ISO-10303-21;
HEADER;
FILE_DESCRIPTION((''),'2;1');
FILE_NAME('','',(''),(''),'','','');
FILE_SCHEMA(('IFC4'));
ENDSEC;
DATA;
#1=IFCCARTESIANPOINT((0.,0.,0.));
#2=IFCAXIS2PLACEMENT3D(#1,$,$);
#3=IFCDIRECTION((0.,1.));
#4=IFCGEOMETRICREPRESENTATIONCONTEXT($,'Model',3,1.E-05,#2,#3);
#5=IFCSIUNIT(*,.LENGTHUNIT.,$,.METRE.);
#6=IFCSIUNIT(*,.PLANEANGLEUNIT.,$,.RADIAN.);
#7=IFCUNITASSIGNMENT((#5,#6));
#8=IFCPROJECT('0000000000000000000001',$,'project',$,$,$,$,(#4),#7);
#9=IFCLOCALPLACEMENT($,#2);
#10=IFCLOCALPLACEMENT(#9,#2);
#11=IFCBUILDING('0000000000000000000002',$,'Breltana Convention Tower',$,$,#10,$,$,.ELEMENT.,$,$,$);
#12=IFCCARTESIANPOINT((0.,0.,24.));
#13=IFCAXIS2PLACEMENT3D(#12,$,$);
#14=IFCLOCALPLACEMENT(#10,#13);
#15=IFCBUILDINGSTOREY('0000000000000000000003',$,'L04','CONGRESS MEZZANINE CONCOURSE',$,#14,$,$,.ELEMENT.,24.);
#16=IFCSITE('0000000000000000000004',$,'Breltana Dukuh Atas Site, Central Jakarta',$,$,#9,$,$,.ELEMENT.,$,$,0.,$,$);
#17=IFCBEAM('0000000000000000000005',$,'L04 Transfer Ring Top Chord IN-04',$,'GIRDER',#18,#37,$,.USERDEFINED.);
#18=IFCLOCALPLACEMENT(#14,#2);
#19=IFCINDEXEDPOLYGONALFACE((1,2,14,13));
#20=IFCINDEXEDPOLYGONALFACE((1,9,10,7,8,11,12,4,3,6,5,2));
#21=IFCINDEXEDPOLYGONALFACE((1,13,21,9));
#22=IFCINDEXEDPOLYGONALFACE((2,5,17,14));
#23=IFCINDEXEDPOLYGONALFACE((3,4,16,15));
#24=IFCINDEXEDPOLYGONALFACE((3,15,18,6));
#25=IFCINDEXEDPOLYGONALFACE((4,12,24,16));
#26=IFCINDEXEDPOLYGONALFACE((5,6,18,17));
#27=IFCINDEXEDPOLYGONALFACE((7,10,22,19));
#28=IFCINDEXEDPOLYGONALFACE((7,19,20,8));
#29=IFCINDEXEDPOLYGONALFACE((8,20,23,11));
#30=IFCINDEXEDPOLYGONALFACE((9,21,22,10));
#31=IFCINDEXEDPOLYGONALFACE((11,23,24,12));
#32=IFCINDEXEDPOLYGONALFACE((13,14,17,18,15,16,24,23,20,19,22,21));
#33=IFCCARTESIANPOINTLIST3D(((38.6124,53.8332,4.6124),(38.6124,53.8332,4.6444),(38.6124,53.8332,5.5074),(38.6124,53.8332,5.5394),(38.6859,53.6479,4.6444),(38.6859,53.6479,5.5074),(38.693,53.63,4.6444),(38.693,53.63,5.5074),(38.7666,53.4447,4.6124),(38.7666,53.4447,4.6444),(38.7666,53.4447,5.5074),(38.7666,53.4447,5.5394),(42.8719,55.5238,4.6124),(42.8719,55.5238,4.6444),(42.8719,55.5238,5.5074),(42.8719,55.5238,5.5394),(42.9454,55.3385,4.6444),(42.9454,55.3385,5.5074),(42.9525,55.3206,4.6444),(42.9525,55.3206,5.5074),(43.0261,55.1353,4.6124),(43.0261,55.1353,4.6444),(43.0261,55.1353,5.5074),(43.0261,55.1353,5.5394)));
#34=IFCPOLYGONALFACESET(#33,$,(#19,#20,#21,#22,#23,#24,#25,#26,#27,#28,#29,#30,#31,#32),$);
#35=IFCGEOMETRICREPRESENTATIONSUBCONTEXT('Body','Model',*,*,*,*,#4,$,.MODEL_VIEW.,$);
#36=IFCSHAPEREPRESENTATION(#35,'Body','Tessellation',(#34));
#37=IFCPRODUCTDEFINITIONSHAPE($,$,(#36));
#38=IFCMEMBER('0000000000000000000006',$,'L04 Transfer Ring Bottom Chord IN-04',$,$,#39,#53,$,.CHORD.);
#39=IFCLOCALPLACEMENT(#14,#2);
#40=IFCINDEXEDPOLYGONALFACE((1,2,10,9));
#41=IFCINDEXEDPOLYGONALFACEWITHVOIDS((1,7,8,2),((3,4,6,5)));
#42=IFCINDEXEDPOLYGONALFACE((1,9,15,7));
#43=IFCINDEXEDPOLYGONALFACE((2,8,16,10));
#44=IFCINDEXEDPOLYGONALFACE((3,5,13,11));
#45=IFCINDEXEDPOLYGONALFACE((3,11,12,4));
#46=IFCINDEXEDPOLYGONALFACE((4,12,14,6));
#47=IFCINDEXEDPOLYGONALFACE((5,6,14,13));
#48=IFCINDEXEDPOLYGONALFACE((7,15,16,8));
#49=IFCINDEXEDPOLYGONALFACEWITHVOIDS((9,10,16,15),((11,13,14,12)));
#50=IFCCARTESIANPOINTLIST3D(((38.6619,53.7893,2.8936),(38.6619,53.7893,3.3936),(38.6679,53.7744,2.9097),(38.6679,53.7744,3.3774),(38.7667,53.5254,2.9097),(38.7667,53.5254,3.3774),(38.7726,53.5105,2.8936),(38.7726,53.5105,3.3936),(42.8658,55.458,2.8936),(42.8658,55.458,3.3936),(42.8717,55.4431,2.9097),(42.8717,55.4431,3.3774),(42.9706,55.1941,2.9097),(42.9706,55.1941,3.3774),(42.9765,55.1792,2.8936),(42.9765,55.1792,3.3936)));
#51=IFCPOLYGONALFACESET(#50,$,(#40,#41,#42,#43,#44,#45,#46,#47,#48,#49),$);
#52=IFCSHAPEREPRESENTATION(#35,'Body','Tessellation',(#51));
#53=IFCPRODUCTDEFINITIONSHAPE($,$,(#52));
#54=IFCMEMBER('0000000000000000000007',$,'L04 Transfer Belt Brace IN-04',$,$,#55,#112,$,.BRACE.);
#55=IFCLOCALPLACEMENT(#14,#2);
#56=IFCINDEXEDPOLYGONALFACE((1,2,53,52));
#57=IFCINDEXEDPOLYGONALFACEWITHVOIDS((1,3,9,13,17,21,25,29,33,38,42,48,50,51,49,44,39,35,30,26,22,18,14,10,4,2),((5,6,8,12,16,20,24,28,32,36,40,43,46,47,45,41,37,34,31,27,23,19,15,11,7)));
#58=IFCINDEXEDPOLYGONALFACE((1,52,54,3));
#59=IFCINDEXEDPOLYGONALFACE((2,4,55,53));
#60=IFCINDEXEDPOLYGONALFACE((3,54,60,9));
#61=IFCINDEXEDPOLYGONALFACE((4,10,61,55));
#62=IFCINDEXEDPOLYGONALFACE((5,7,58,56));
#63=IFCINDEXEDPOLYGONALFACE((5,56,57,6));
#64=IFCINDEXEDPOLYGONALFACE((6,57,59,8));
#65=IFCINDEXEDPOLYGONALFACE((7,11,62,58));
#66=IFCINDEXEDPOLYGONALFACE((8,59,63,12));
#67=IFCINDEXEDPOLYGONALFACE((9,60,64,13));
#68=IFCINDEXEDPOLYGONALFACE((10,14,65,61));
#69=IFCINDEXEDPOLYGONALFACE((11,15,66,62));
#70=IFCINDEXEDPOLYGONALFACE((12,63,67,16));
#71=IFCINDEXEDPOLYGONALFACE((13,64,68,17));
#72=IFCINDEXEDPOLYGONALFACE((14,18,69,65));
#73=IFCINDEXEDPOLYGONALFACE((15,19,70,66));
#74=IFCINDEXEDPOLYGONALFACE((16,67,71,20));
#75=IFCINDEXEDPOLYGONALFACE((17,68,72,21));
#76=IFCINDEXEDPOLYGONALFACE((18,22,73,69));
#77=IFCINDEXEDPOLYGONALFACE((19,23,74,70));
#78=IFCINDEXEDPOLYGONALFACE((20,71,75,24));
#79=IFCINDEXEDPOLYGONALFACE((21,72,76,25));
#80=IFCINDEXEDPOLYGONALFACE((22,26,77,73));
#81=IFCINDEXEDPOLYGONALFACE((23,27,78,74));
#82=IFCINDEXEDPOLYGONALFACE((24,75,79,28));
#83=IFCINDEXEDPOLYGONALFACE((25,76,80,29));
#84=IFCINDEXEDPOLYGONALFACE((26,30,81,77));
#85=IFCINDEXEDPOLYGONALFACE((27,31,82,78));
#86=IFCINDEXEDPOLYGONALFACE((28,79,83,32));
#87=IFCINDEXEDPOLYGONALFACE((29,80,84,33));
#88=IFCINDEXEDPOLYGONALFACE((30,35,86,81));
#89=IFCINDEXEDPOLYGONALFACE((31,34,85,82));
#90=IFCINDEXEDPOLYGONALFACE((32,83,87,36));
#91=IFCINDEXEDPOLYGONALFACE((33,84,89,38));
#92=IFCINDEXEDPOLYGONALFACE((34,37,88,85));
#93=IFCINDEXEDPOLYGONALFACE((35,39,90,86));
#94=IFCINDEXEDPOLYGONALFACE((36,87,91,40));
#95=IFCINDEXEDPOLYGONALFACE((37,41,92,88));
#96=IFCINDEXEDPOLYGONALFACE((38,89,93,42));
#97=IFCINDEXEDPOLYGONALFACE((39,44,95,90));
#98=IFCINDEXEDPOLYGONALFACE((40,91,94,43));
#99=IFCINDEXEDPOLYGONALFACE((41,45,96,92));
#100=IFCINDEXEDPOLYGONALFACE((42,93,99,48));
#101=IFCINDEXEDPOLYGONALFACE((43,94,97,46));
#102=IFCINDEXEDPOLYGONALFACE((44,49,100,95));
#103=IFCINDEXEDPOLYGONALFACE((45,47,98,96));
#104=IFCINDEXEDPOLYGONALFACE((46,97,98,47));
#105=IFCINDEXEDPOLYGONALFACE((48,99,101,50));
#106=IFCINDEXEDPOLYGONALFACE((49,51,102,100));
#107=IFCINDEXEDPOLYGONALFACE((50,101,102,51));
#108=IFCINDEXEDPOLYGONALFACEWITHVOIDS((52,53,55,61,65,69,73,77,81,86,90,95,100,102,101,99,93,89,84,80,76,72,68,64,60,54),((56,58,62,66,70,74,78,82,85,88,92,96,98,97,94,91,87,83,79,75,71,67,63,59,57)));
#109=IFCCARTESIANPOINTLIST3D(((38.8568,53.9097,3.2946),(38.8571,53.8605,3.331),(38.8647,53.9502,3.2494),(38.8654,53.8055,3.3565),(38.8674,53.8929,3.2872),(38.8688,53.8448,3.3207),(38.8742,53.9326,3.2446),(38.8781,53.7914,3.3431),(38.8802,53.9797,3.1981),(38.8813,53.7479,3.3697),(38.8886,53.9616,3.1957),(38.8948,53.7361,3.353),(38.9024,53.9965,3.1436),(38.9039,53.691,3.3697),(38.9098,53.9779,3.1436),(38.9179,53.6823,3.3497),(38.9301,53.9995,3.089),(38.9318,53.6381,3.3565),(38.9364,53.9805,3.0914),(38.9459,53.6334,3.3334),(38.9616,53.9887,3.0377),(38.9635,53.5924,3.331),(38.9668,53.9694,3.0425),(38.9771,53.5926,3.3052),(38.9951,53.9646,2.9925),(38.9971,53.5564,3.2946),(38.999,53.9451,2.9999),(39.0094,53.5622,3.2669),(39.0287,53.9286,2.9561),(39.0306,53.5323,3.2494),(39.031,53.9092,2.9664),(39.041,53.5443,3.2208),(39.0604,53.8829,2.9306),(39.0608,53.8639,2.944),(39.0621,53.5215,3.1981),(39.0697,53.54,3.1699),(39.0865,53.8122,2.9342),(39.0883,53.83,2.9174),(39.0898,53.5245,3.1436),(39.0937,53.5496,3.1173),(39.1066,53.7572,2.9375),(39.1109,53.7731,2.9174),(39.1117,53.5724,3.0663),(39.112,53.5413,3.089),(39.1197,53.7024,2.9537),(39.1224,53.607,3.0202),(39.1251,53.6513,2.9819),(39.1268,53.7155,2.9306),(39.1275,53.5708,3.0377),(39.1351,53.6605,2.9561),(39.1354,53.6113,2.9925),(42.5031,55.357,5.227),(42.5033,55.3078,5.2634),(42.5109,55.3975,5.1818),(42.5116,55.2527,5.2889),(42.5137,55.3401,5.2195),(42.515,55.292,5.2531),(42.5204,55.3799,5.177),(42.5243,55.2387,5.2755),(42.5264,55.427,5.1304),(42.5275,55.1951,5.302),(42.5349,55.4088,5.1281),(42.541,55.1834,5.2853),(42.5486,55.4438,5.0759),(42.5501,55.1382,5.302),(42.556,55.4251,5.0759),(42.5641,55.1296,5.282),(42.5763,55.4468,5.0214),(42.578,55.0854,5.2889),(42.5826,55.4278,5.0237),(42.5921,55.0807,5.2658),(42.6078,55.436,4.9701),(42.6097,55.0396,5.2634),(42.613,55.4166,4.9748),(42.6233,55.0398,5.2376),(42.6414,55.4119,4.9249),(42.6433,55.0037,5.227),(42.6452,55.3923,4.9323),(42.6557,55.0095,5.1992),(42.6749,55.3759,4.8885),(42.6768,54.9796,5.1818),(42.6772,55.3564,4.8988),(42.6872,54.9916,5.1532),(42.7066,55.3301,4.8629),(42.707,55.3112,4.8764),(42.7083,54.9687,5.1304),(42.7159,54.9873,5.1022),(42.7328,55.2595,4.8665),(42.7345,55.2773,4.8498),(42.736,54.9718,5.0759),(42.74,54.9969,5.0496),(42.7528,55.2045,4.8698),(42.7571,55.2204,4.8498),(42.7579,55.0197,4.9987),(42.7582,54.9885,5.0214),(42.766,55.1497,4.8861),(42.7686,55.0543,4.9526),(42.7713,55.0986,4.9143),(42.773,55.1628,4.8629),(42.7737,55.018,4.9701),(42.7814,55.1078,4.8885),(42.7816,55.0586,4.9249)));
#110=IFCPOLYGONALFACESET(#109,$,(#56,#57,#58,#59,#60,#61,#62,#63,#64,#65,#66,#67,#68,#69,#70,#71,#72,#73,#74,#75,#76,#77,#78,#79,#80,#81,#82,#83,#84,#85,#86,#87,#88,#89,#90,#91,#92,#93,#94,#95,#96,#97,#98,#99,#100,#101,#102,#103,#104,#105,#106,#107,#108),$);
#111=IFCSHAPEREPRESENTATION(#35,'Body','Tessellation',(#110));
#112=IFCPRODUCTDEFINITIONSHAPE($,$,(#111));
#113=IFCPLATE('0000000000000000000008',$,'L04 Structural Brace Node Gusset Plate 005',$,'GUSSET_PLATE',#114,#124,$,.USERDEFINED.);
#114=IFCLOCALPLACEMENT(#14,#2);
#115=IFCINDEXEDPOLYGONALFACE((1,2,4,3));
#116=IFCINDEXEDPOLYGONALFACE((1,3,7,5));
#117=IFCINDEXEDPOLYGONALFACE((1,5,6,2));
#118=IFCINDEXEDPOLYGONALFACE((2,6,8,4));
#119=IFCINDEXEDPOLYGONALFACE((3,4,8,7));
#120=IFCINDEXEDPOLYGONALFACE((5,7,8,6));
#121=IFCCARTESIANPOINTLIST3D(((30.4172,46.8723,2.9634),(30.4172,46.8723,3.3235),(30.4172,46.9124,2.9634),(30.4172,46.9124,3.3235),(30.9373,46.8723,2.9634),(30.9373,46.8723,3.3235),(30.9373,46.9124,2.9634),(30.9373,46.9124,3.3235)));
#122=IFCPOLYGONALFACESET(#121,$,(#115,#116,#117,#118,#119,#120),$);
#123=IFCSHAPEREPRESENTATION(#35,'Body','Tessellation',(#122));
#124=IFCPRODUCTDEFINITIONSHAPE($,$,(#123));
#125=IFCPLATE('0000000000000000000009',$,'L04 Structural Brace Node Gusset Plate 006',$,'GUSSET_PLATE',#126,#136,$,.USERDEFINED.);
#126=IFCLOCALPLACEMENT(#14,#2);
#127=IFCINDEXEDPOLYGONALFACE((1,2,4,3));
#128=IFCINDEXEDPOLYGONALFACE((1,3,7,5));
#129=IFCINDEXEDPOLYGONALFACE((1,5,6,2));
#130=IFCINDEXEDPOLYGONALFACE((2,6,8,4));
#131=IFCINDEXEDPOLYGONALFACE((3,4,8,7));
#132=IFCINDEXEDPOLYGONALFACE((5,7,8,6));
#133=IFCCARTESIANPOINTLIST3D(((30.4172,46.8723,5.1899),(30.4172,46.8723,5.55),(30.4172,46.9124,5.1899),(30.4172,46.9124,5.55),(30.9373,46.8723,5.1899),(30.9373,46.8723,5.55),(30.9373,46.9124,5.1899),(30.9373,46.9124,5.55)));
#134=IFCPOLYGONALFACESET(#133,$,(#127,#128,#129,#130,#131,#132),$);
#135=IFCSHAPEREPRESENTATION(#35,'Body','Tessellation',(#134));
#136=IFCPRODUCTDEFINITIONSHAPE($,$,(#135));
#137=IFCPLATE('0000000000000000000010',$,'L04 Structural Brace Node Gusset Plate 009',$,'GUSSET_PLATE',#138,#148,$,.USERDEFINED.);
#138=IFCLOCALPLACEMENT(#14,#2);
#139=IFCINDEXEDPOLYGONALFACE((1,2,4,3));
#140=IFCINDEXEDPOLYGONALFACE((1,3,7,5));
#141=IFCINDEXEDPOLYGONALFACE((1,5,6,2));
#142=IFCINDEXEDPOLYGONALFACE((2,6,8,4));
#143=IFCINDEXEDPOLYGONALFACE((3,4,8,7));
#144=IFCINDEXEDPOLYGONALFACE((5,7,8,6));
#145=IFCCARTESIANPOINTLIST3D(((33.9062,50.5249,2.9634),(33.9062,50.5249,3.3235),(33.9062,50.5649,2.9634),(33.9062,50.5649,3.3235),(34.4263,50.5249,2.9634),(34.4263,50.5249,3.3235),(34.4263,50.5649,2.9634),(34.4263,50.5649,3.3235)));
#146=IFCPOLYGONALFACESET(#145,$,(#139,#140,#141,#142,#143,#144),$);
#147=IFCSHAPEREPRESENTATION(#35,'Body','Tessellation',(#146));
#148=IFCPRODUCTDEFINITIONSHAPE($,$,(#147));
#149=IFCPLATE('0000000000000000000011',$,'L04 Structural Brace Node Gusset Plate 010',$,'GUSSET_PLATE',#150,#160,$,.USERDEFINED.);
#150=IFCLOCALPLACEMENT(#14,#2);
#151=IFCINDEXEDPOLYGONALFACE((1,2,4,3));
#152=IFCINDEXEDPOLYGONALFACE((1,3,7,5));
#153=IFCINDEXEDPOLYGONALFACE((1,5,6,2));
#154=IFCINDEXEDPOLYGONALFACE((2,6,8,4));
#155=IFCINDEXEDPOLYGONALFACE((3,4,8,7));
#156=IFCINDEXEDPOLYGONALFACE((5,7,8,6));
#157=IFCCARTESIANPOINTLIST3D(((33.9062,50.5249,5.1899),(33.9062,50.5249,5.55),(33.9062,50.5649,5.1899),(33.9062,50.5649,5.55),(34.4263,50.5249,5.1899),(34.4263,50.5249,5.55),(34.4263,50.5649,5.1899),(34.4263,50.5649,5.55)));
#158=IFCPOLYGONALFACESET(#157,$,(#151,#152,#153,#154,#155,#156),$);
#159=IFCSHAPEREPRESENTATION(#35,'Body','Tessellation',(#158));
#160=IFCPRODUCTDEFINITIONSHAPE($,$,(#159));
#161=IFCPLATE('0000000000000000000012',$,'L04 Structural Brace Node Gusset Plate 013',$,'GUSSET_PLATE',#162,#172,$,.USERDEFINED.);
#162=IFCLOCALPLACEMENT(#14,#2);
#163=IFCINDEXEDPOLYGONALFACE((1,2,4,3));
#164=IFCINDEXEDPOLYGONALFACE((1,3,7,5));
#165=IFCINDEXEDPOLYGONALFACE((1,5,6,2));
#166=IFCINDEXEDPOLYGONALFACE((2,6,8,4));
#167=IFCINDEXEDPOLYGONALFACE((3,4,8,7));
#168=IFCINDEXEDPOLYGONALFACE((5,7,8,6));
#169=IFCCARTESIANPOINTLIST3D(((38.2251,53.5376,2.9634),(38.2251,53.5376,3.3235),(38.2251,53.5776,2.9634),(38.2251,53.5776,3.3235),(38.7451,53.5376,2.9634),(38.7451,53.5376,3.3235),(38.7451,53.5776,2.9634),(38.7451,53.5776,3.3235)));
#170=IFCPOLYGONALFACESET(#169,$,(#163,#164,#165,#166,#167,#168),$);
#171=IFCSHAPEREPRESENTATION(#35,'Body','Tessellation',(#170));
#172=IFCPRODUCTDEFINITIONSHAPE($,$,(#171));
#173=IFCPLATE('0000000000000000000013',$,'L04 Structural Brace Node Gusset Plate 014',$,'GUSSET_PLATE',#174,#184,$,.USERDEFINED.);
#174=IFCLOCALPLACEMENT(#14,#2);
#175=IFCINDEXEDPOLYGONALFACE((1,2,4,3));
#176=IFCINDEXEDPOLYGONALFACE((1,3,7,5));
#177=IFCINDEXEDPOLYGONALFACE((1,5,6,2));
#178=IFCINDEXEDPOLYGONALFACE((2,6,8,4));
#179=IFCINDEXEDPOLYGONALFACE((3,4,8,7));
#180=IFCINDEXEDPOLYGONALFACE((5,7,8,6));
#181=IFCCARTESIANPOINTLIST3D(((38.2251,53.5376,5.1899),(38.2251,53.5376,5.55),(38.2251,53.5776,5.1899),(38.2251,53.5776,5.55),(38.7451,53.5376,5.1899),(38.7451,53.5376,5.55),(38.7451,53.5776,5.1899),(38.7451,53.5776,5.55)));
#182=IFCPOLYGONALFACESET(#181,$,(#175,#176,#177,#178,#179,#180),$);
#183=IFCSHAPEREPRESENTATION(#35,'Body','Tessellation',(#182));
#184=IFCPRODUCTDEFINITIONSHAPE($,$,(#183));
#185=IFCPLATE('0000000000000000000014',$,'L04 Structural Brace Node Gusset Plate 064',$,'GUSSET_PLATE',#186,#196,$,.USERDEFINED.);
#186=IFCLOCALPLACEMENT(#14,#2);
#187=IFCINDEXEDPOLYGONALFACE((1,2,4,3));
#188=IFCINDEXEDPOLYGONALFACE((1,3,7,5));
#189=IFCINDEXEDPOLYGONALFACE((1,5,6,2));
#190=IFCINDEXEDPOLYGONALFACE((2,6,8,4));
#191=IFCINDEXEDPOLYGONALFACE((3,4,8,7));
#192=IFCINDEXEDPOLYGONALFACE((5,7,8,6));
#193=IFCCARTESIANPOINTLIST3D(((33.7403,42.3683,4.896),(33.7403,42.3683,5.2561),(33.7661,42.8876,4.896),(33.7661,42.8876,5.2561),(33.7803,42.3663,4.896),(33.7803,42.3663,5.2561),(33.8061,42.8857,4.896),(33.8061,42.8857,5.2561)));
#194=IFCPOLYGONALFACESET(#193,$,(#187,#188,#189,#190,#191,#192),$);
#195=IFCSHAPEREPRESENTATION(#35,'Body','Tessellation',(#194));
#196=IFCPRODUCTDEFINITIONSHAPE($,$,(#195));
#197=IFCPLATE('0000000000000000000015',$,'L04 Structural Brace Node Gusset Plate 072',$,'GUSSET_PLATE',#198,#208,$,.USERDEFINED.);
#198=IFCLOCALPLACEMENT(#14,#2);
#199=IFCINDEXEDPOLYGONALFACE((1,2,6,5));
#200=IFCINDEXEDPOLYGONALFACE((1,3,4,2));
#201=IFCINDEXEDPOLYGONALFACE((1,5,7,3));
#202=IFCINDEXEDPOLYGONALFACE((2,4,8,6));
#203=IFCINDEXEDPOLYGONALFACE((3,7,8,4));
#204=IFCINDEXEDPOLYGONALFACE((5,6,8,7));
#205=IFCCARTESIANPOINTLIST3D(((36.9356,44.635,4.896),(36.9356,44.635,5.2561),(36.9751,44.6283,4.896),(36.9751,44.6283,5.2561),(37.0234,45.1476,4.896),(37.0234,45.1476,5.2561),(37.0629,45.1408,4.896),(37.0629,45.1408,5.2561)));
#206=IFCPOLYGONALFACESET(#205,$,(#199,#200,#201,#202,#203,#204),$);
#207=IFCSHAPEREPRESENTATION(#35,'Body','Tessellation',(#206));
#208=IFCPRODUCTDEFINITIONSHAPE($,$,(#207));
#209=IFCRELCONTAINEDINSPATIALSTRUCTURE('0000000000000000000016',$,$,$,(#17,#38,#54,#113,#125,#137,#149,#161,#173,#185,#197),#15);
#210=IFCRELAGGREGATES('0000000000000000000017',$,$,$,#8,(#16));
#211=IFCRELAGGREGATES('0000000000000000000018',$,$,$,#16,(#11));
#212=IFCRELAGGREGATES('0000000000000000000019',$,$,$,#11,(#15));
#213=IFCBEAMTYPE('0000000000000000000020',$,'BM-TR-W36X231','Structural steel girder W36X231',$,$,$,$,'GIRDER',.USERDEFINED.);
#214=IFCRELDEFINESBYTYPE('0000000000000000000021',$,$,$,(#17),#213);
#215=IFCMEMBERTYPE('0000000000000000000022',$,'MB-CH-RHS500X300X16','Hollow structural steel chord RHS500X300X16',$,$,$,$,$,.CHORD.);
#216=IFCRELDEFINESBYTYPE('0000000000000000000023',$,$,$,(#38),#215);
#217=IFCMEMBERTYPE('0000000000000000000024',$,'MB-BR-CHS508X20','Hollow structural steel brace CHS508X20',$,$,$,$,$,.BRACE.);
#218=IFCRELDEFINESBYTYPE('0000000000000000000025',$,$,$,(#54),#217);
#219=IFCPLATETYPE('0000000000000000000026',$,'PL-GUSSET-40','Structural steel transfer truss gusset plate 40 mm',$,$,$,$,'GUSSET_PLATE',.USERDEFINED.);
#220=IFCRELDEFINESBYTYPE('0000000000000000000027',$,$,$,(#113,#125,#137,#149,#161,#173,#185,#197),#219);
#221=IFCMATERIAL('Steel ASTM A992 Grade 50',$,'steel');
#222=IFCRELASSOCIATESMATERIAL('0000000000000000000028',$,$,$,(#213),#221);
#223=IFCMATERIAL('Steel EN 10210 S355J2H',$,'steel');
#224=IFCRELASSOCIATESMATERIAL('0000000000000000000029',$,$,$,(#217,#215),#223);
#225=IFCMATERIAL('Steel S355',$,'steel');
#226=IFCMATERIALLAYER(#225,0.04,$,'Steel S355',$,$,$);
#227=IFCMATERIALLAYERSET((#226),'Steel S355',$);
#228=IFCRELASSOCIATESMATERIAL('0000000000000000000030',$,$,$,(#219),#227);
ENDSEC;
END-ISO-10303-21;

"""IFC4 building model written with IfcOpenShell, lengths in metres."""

from ifc_helpers import new_model, si_unit, direction, frame, origin, origin_2d, place, context, subcontext, project, spatial, rectangle, hollow_rectangle, hollow_circle, i_section, extrude, source, transform, mapped, material, layer, layer_set, material_profile, profile_set, type_object, element, save


model = new_model("IFC4")

# Units and contexts
model_context = context("Model", 3, precision=1e-05, world=origin(), true_north=direction((0.0, 1.0)))
body_context = subcontext(model_context, "Body", "Model", "MODEL_VIEW")
ifc_project = project(units=[si_unit("LENGTHUNIT", "METRE"), si_unit("PLANEANGLEUNIT", "RADIAN")], contexts=[model_context])

# Site, building, storey
site_placement = place(None, origin())
site = spatial("IfcSite", under=ifc_project, at=site_placement, Name="Breltana Dukuh Atas Site, Central Jakarta", CompositionType="ELEMENT", RefElevation=0.0)
building_placement = place(site_placement, origin())
building = spatial("IfcBuilding", under=site, at=building_placement, Name="Breltana Convention Tower", CompositionType="ELEMENT")
storey_placement = place(building_placement, frame((0.0, 0.0, 24.0)))
storey = spatial("IfcBuildingStorey", under=building, at=storey_placement, Name="L04", Description="CONGRESS MEZZANINE CONCOURSE", CompositionType="ELEMENT", Elevation=24.0)

# Shared definitions
ifc_material_1 = material(Name="Steel ASTM A992 Grade 50", Category="steel")

# Shared definitions
ifc_material_profile_1 = material_profile(ifc_material_1, i_section(OverallWidth=0.418, OverallDepth=0.927, WebThickness=0.0193, FlangeThickness=0.032, at=origin_2d()), Name="W36X231")
ifc_profile_set_1 = profile_set([ifc_material_profile_1], Name="Steel ASTM A992 Grade 50")
beam_type_1 = type_object("IfcBeamType", Name="BM-TR-W36X231", Description="Structural steel girder W36X231", ElementType="GIRDER", PredefinedType="USERDEFINED", material=ifc_profile_set_1)

# Shared definitions
ifc_material_2 = material(Name="Steel EN 10210 S355J2H", Category="steel")
ifc_material_profile_2 = material_profile(ifc_material_2, hollow_circle(Radius=0.2539, WallThickness=0.02, at=origin_2d()), Name="CHS508X20")
ifc_profile_set_2 = profile_set([ifc_material_profile_2], Name="Steel EN 10210 S355J2H")
member_type_1 = type_object("IfcMemberType", Name="MB-BR-CHS508X20", Description="Hollow structural steel brace CHS508X20", PredefinedType="BRACE", material=ifc_profile_set_2)

# Shared definitions
ifc_material_profile_3 = material_profile(ifc_material_2, hollow_rectangle(XDim=0.3, YDim=0.5, WallThickness=0.0161, at=origin_2d()), Name="RHS500X300X16")
ifc_profile_set_3 = profile_set([ifc_material_profile_3], Name="Steel EN 10210 S355J2H")
member_type_2 = type_object("IfcMemberType", Name="MB-CH-RHS500X300X16", Description="Hollow structural steel chord RHS500X300X16", PredefinedType="CHORD", material=ifc_profile_set_3)

# Beam
shared_shape_1 = source(origin(), body_context, "Body", "SweptSolid", [
    extrude(i_section(OverallWidth=0.418, OverallDepth=0.927, WebThickness=0.0193, FlangeThickness=0.032, at=origin_2d()), origin(), (0.0, 0.0, 1.0), 4.5828),
])
beam_1_placement = place(storey_placement, frame((38.6895, 53.6389, 5.0759), z_axis=(0.929462, 0.368919, 0.0), x_axis=(-0.368919, 0.929462, 0.0)))
element("IfcBeam", 1, at=beam_1_placement, inside=storey, type_object=beam_type_1, Name="L04 Transfer Ring Top Chord IN-04", ObjectType="GIRDER", PredefinedType="USERDEFINED", context=body_context, shape_type="MappedRepresentation", body=[
    mapped(shared_shape_1, transform((0.0, 0.0, 0.0), scale=1.0)),
])

# Members
shared_shape_2 = source(origin(), body_context, "Body", "SweptSolid", [
    extrude(hollow_rectangle(XDim=0.3, YDim=0.5, WallThickness=0.0161, at=origin_2d()), origin(), (0.0, 0.0, 1.0), 4.5229),
])
member_1_placement = place(storey_placement, frame((38.7173, 53.6499, 3.1436), z_axis=(0.929453, 0.368942, 0.0), x_axis=(-0.368942, 0.929453, 0.0)))
element("IfcMember", 2, at=member_1_placement, inside=storey, type_object=member_type_2, Name="L04 Transfer Ring Bottom Chord IN-04", PredefinedType="CHORD", context=body_context, shape_type="MappedRepresentation", body=[
    mapped(shared_shape_2, transform((0.0, 0.0, 0.0), scale=1.0)),
])
shared_shape_3 = source(origin(), body_context, "Body", "SweptSolid", [
    extrude(hollow_circle(Radius=0.2539, WallThickness=0.02, at=origin_2d()), origin(), (0.0, 0.0, 1.0), 4.373),
])
member_2_placement = place(storey_placement, frame((38.9961, 53.7605, 3.1436), z_axis=(0.833795, 0.33095, 0.441881), x_axis=(-0.368921, 0.929461, 0.0)))
element("IfcMember", 3, at=member_2_placement, inside=storey, type_object=member_type_1, Name="L04 Transfer Belt Brace IN-04", PredefinedType="BRACE", context=body_context, shape_type="MappedRepresentation", body=[
    mapped(shared_shape_3, transform((0.0, 0.0, 0.0), scale=1.0)),
])

# Plates
ifc_material_3 = material(Name="Steel S355", Category="steel")
ifc_layer_1 = layer(ifc_material_3, 0.04, Name="Steel S355")
ifc_layer_set_1 = layer_set([ifc_layer_1], Name="Steel S355")
plate_type = type_object("IfcPlateType", Name="PL-GUSSET-40", Description="Structural steel transfer truss gusset plate 40 mm", ElementType="GUSSET_PLATE", PredefinedType="USERDEFINED", material=ifc_layer_set_1)
shared_shape_4 = source(origin(), body_context, "Body", "SweptSolid", [
    extrude(rectangle(XDim=0.52, YDim=0.04, at=origin_2d()), origin(), (0.0, 0.0, 1.0), 0.3601),
])
for number, where, z_axis, x_axis, name in (
    (4, (30.6772, 46.8923, 2.9634), (0.0, 0.0, 1.0), (1.0, 0.0, 0.0), "L04 Structural Brace Node Gusset Plate 005"),
    (5, (30.6772, 46.8923, 5.1899), (0.0, 0.0, 1.0), (1.0, 0.0, 0.0), "L04 Structural Brace Node Gusset Plate 006"),
    (6, (34.1663, 50.5449, 2.9634), (0.0, 0.0, 1.0), (1.0, 0.0, 0.0), "L04 Structural Brace Node Gusset Plate 009"),
    (7, (34.1663, 50.5449, 5.1899), (0.0, 0.0, 1.0), (1.0, 0.0, 0.0), "L04 Structural Brace Node Gusset Plate 010"),
    (8, (38.4851, 53.5576, 2.9634), (0.0, 0.0, 1.0), (1.0, 0.0, 0.0), "L04 Structural Brace Node Gusset Plate 013"),
    (9, (38.4851, 53.5576, 5.1899), (0.0, 0.0, 1.0), (1.0, 0.0, 0.0), "L04 Structural Brace Node Gusset Plate 014"),
    (10, (33.7732, 42.627, 4.896), (0.0, 0.0, 1.0), (0.049547, 0.998772, 0.0), "L04 Structural Brace Node Gusset Plate 064"),
    (11, (36.9993, 44.8879, 4.896), (0.0, 0.0, 1.0), (0.168833, 0.985645, 0.0), "L04 Structural Brace Node Gusset Plate 072"),
):
    element("IfcPlate", number, at=place(storey_placement, frame(where, z_axis=z_axis, x_axis=x_axis)), inside=storey, type_object=plate_type, Name=name, ObjectType="GUSSET_PLATE", PredefinedType="USERDEFINED", context=body_context, shape_type="MappedRepresentation", body=[
        mapped(shared_shape_4, transform((0.0, 0.0, 0.0), scale=1.0)),
    ])

save(model, "model.ifc")
